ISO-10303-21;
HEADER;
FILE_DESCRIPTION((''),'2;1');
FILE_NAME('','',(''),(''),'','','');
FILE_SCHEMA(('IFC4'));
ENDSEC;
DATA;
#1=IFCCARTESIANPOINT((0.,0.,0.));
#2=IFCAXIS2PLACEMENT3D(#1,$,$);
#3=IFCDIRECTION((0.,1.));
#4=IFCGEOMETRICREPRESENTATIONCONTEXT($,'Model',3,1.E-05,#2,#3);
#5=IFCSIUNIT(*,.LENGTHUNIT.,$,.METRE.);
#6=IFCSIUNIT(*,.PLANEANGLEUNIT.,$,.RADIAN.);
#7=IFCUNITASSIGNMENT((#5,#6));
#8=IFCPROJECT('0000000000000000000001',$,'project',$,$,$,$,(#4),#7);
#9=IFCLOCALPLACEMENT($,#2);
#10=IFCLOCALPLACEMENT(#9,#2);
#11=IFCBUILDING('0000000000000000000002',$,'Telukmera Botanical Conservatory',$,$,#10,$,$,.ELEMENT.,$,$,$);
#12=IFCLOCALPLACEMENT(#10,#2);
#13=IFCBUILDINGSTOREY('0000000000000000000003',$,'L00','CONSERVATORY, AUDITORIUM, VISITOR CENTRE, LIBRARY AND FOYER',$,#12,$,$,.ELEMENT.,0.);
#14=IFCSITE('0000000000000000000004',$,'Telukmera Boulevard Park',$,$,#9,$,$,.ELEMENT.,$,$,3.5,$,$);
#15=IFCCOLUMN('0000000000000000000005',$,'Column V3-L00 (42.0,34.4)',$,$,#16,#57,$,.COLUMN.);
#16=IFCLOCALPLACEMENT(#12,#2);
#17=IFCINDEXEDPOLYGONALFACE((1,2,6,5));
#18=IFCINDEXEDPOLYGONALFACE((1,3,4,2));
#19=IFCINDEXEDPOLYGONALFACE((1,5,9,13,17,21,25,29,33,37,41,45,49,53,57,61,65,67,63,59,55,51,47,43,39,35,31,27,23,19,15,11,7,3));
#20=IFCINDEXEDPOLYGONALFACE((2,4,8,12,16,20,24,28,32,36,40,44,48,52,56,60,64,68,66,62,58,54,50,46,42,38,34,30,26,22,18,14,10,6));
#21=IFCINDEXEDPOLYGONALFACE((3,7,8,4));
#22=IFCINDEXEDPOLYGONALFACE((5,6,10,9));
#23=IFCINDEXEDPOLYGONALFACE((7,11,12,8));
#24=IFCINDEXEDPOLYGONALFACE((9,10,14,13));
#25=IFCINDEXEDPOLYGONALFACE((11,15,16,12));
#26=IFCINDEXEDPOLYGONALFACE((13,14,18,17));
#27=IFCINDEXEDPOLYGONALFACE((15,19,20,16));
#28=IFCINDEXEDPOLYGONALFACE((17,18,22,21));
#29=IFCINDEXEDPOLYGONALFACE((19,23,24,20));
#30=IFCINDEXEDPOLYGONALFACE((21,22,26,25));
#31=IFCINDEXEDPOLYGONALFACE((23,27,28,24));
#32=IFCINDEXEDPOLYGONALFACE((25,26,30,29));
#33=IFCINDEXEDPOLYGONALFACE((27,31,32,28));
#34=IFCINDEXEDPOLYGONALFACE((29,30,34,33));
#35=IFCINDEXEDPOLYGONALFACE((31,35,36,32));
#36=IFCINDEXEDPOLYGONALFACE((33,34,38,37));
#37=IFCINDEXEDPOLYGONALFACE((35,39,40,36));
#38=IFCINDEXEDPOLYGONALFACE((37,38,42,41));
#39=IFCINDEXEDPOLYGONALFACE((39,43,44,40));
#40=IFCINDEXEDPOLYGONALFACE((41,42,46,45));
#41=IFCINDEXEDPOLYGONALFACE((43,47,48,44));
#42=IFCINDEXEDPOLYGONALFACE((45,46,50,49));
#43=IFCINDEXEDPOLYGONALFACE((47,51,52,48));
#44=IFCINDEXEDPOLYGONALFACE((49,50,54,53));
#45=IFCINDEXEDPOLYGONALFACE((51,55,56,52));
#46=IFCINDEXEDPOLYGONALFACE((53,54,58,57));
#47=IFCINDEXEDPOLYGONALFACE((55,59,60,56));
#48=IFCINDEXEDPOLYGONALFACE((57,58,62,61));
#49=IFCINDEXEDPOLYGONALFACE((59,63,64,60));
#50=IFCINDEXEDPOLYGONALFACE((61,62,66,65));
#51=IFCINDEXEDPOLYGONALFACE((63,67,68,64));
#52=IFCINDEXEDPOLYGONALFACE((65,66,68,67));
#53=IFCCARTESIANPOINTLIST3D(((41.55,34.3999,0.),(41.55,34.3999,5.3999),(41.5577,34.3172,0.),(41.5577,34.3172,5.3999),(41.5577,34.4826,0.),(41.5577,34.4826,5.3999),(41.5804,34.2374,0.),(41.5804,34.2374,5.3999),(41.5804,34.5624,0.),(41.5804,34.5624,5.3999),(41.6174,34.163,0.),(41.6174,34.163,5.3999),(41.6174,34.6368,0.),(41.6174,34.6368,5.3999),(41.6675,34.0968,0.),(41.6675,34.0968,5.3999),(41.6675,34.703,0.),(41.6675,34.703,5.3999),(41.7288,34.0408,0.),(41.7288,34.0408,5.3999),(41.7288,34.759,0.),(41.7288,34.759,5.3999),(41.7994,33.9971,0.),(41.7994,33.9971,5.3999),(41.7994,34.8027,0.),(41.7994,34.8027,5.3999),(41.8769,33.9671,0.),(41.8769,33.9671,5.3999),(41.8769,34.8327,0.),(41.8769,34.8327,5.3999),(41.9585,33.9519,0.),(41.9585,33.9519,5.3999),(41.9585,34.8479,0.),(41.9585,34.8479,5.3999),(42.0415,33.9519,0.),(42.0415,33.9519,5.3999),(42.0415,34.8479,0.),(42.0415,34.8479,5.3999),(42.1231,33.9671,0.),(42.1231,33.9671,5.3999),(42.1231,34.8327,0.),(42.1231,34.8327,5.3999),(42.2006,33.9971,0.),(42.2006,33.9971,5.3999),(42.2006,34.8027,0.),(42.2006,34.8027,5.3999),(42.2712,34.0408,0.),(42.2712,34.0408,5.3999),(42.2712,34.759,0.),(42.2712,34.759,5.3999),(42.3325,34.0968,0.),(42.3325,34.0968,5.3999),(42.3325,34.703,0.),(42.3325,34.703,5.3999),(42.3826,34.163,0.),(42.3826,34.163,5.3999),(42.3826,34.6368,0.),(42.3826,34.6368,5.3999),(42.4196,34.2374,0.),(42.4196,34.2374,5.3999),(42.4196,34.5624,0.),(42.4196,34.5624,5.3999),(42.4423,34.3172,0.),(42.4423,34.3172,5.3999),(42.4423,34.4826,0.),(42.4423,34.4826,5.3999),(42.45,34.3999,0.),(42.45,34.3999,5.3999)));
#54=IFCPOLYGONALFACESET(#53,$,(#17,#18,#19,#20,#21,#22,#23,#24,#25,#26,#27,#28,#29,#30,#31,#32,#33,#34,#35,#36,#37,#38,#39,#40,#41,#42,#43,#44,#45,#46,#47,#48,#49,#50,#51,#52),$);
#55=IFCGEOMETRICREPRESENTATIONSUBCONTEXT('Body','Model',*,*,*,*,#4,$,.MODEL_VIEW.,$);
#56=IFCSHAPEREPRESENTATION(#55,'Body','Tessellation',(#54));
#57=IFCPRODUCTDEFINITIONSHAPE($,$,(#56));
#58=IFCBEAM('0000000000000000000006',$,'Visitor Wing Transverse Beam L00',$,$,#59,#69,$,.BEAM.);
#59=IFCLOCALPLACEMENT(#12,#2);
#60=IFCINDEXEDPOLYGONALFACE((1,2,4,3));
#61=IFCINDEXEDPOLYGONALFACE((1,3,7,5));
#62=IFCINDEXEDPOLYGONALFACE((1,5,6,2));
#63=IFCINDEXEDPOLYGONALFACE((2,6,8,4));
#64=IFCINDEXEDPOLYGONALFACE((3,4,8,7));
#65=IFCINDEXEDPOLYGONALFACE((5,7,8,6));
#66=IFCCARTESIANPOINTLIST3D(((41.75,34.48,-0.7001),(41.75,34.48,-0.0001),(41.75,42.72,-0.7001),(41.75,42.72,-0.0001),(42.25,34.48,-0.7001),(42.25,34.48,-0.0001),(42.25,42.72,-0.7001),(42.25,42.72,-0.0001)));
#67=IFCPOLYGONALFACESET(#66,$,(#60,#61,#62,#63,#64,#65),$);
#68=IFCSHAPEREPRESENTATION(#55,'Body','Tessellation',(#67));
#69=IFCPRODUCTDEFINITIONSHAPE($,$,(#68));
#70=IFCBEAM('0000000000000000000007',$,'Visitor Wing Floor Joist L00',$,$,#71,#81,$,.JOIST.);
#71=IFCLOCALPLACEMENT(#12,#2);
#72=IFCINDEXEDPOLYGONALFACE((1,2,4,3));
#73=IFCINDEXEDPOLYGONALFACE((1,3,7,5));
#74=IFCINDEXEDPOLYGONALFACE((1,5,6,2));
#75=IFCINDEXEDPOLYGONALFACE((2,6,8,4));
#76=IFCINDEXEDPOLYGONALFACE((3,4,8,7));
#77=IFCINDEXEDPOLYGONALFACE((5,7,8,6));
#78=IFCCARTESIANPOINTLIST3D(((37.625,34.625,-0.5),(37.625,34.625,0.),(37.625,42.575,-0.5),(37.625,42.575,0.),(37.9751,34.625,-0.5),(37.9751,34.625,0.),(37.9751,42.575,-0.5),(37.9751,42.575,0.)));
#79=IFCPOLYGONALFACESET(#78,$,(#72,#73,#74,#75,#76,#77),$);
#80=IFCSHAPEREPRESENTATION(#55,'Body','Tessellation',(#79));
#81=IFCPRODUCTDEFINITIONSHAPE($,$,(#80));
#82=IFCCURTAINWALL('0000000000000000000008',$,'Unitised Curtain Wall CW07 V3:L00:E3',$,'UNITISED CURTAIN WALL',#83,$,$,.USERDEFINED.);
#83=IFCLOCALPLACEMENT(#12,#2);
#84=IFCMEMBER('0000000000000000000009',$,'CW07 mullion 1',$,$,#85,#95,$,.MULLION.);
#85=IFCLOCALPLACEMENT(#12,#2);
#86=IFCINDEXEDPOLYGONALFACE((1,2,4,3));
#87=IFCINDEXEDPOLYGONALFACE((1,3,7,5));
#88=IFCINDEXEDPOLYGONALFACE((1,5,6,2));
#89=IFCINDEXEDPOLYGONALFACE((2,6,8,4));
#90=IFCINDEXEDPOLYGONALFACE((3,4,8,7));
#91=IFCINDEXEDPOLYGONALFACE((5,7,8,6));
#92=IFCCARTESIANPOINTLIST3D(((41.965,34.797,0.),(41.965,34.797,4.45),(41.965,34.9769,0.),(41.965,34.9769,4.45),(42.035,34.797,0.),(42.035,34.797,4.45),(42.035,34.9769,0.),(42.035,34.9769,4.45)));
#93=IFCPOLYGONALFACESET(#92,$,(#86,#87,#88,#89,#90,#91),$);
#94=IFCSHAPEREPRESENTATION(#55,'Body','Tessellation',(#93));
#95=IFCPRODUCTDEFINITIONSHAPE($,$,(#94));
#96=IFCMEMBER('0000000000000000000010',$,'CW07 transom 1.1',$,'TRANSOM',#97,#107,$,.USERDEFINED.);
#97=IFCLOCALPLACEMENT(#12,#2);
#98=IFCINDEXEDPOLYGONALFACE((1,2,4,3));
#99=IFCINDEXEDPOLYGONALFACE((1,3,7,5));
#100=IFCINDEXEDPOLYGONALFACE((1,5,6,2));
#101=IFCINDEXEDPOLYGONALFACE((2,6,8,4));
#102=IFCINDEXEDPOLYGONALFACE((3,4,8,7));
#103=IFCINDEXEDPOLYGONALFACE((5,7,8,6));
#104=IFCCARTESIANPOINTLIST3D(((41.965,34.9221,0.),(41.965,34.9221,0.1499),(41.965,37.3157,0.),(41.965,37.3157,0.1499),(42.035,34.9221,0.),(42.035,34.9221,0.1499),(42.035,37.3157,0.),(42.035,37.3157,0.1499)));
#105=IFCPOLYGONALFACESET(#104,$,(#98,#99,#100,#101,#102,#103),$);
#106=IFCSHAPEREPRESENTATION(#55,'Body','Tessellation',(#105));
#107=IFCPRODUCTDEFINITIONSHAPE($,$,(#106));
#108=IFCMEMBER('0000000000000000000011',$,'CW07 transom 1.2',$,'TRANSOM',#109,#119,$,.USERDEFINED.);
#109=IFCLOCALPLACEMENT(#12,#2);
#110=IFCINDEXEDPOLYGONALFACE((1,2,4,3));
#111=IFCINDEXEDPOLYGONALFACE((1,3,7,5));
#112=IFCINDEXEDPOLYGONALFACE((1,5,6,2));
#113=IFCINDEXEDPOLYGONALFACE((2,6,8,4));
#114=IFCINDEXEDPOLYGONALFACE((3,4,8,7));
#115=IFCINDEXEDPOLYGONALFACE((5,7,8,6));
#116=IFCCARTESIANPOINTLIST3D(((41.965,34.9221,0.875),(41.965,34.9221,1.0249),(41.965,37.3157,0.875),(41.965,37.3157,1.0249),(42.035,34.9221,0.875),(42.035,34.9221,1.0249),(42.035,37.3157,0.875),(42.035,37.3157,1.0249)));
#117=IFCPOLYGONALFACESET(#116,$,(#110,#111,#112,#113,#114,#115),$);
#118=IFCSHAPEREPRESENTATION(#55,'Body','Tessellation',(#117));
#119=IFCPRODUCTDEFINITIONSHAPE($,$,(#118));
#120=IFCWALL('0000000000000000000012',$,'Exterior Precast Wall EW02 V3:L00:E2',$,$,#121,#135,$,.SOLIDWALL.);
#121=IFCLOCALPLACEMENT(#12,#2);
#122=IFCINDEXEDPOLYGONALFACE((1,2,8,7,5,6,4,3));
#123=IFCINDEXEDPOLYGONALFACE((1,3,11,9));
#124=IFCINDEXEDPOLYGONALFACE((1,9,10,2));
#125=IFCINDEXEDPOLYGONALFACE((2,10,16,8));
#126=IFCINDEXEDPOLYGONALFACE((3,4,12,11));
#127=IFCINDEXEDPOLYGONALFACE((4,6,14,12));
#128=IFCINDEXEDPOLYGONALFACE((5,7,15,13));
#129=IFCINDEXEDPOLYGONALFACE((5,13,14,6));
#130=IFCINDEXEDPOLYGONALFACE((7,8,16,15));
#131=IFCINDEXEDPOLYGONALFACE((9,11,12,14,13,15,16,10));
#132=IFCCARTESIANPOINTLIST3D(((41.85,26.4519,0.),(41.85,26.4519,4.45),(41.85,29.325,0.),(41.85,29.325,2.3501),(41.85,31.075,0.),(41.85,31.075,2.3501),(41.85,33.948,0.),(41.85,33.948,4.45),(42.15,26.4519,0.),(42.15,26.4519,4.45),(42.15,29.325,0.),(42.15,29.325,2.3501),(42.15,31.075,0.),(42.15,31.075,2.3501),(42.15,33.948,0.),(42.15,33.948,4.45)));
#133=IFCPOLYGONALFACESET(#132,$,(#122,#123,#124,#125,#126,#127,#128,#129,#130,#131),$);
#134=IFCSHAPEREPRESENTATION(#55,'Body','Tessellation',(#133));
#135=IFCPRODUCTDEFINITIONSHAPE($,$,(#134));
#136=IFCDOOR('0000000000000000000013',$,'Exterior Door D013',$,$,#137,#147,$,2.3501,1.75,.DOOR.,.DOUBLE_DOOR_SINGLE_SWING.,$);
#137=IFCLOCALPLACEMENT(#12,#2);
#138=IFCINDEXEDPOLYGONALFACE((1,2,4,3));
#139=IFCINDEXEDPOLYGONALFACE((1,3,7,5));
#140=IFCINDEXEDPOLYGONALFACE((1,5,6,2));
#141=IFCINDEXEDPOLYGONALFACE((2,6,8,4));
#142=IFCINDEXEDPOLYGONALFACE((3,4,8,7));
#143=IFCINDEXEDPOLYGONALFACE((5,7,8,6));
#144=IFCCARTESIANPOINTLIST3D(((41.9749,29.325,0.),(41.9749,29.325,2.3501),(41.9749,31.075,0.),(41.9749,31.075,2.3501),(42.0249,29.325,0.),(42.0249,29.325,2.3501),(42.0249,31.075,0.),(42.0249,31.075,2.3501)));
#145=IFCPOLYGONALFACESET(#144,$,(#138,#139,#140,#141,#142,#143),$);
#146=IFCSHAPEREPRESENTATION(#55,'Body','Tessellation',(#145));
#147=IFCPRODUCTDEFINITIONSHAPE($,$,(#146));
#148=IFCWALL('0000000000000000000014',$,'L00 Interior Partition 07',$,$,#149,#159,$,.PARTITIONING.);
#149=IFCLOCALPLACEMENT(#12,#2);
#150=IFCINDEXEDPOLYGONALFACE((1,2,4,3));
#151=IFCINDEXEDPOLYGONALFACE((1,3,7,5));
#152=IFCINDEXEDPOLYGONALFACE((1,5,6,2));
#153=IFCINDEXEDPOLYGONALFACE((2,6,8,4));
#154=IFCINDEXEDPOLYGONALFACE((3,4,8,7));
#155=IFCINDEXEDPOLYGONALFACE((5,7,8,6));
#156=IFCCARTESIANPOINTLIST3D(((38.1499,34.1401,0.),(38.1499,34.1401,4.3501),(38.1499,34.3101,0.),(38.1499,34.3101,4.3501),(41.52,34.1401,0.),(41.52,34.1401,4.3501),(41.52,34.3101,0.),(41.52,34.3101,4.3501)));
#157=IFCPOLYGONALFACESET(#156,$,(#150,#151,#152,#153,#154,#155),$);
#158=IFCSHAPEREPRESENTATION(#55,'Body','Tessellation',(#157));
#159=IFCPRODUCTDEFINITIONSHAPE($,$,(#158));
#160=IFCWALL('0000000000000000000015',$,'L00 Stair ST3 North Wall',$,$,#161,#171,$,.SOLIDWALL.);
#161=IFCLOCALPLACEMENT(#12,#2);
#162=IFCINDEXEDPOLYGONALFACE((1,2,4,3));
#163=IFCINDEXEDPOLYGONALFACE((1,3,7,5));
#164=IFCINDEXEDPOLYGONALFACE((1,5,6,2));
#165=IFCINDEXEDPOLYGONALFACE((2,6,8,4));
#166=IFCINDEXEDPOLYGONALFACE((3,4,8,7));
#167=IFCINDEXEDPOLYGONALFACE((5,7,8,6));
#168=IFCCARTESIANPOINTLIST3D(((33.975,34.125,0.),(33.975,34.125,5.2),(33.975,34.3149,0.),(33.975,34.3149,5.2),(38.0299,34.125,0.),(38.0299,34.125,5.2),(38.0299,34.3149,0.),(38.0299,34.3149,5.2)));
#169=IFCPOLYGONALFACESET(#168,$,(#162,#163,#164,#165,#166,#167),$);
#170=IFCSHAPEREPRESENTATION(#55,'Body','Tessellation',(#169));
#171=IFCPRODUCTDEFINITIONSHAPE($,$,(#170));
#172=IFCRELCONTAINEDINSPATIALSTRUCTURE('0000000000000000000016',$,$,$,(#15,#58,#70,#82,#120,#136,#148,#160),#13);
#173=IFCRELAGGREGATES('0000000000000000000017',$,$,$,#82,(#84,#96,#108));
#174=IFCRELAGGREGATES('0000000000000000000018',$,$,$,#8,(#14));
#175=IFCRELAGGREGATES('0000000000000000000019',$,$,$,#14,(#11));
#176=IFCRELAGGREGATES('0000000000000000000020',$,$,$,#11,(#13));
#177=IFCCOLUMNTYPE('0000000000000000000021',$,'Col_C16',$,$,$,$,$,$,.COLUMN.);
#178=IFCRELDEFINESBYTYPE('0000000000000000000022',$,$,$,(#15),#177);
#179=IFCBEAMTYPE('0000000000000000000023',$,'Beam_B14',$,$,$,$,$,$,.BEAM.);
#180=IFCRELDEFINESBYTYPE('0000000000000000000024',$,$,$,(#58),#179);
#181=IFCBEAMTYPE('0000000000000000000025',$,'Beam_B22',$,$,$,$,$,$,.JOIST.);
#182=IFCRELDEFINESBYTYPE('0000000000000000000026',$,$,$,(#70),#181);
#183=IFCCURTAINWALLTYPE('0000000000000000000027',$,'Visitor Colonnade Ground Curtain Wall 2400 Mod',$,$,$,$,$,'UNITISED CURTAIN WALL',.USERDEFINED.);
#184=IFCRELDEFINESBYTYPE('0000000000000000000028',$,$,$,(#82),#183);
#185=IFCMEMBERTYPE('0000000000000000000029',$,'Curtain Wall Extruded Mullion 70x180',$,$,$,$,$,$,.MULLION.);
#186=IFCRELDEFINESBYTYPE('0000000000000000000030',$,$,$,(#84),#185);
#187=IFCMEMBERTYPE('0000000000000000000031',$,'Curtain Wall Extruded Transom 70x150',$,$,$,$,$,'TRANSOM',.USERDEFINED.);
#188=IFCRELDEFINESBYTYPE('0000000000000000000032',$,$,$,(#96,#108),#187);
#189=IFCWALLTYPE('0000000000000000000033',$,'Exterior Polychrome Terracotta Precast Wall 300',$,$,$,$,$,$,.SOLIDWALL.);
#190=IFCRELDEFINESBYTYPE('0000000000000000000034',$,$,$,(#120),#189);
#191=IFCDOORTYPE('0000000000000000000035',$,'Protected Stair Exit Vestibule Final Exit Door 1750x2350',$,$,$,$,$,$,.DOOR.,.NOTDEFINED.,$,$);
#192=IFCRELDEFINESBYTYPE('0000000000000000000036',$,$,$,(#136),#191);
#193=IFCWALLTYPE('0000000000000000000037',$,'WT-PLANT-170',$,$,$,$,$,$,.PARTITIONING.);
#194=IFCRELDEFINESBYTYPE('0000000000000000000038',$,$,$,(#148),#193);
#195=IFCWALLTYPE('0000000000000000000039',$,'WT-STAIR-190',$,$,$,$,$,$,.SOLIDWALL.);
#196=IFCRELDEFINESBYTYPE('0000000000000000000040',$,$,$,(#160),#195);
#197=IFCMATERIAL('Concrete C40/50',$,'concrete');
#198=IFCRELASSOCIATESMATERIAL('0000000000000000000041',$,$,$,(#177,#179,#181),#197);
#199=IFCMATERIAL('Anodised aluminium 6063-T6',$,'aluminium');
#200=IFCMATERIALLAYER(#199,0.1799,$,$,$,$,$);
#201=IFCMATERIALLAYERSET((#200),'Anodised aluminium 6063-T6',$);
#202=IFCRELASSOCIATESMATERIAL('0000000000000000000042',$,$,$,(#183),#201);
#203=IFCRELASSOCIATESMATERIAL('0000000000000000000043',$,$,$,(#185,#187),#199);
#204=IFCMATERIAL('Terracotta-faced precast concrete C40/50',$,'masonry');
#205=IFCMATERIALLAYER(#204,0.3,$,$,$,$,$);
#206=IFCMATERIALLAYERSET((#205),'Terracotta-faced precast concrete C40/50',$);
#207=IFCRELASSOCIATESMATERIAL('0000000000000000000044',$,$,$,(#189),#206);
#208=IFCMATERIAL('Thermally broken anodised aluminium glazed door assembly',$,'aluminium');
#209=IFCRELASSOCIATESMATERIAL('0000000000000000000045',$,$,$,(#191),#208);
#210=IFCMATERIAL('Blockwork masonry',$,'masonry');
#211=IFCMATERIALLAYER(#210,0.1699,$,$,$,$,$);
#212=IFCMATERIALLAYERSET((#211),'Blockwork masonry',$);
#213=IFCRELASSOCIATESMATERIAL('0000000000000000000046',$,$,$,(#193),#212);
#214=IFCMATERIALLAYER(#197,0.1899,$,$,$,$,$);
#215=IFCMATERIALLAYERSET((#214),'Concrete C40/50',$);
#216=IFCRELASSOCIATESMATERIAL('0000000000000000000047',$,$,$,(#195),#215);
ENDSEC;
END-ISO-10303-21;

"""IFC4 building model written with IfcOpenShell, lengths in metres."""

from ifc_helpers import new_model, si_unit, direction, frame, frame_2d, origin, origin_2d, place, context, subcontext, project, spatial, rectangle, circle, extrude, material, layer, layer_set, material_profile, profile_set, type_object, element, fill, aggregate, save


model = new_model("IFC4")

# Units and contexts
model_context = context("Model", 3, precision=1e-05, world=origin(), true_north=direction((0.0, 1.0)))
body_context = subcontext(model_context, "Body", "Model", "MODEL_VIEW")
ifc_project = project(units=[si_unit("LENGTHUNIT", "METRE"), si_unit("PLANEANGLEUNIT", "RADIAN")], contexts=[model_context])

# Site, building, storey
site_placement = place(None, origin())
site = spatial("IfcSite", under=ifc_project, at=site_placement, Name="Telukmera Boulevard Park", CompositionType="ELEMENT", RefElevation=3.5)
building_placement = place(site_placement, origin())
building = spatial("IfcBuilding", under=site, at=building_placement, Name="Telukmera Botanical Conservatory", CompositionType="ELEMENT")
storey_placement = place(building_placement, origin())
storey = spatial("IfcBuildingStorey", under=building, at=storey_placement, Name="L00", Description="CONSERVATORY, AUDITORIUM, VISITOR CENTRE, LIBRARY AND FOYER", CompositionType="ELEMENT", Elevation=0.0)

# Column
ifc_material_1 = material(Name="Concrete C40/50", Category="concrete")
ifc_material_profile_1 = material_profile(ifc_material_1, circle(Radius=0.45, at=origin_2d()), Name="RC D900")
ifc_profile_set_1 = profile_set([ifc_material_profile_1], Name="Concrete C40/50")
column_type = type_object("IfcColumnType", Name="Col_C16", PredefinedType="COLUMN", material=ifc_profile_set_1)
column_placement = place(storey_placement, frame((42.0, 34.3999, 0.0), z_axis=(0.0, 0.0, 1.0), x_axis=(1.0, 0.0, 0.0)))
element("IfcColumn", 1, at=column_placement, inside=storey, type_object=column_type, Name="Column V3-L00 (42.0,34.4)", PredefinedType="COLUMN", context=body_context, shape_type="SweptSolid", body=[
    extrude(circle(Radius=0.45, at=origin_2d()), origin(), (0.0, 0.0, 1.0), 5.3999),
])

# Beams
ifc_material_profile_2 = material_profile(ifc_material_1, rectangle(XDim=0.5, YDim=0.7, at=origin_2d()), Name="RC 500x700")
ifc_profile_set_2 = profile_set([ifc_material_profile_2], Name="Concrete C40/50")
beam_type_1 = type_object("IfcBeamType", Name="Beam_B14", PredefinedType="BEAM", material=ifc_profile_set_2)
beam_1_placement = place(storey_placement, frame((42.0, 34.48, -0.3501), z_axis=(0.0, 1.0, 0.0), x_axis=(-1.0, 0.0, 0.0)))
element("IfcBeam", 2, at=beam_1_placement, inside=storey, type_object=beam_type_1, Name="Visitor Wing Transverse Beam L00", PredefinedType="BEAM", context=body_context, shape_type="SweptSolid", body=[
    extrude(rectangle(XDim=0.5, YDim=0.7, at=origin_2d()), origin(), (0.0, 0.0, 1.0), 8.24),
])
ifc_material_profile_3 = material_profile(ifc_material_1, rectangle(XDim=0.3501, YDim=0.5, at=origin_2d()), Name="RC 350x500")
ifc_profile_set_3 = profile_set([ifc_material_profile_3], Name="Concrete C40/50")
beam_type_2 = type_object("IfcBeamType", Name="Beam_B22", PredefinedType="JOIST", material=ifc_profile_set_3)
beam_2_placement = place(storey_placement, frame((37.8, 34.625, -0.25), z_axis=(0.0, 1.0, 0.0), x_axis=(-1.0, 0.0, 0.0)))
element("IfcBeam", 3, at=beam_2_placement, inside=storey, type_object=beam_type_2, Name="Visitor Wing Floor Joist L00", PredefinedType="JOIST", context=body_context, shape_type="SweptSolid", body=[
    extrude(rectangle(XDim=0.3501, YDim=0.5, at=origin_2d()), origin(), (0.0, 0.0, 1.0), 7.95),
])

# Curtain wall, members
ifc_material_2 = material(Name="Anodised aluminium 6063-T6", Category="aluminium")
ifc_layer_1 = layer(ifc_material_2, 0.1799)
ifc_layer_set_1 = layer_set([ifc_layer_1], Name="Anodised aluminium 6063-T6")
curtain_wall_type = type_object("IfcCurtainWallType", Name="Visitor Colonnade Ground Curtain Wall 2400 Mod", ElementType="UNITISED CURTAIN WALL", PredefinedType="USERDEFINED", material=ifc_layer_set_1)
curtain_wall_placement = place(storey_placement, origin())
curtain_wall = element("IfcCurtainWall", 4, at=curtain_wall_placement, inside=storey, type_object=curtain_wall_type, Name="Unitised Curtain Wall CW07 V3:L00:E3", ObjectType="UNITISED CURTAIN WALL", PredefinedType="USERDEFINED")
ifc_material_profile_4 = material_profile(ifc_material_2, rectangle(XDim=0.0701, YDim=0.1799, at=origin_2d()), Name="ALU MULL 70x180")
ifc_profile_set_4 = profile_set([ifc_material_profile_4], Name="Anodised aluminium 6063-T6")
member_type_1 = type_object("IfcMemberType", Name="Curtain Wall Extruded Mullion 70x180", PredefinedType="MULLION", material=ifc_profile_set_4)
member_1_placement = place(storey_placement, frame((42.0, 34.887, 0.0), z_axis=(0.0, 0.0, 1.0), x_axis=(-1.0, 0.0, 0.0)))
member_1 = element("IfcMember", 5, at=member_1_placement, type_object=member_type_1, Name="CW07 mullion 1", PredefinedType="MULLION", context=body_context, shape_type="SweptSolid", body=[
    extrude(rectangle(XDim=0.0701, YDim=0.1799, at=origin_2d()), origin(), (0.0, 0.0, 1.0), 4.45),
])
ifc_material_profile_5 = material_profile(ifc_material_2, rectangle(XDim=0.0701, YDim=0.1499, at=origin_2d()), Name="ALU TRAN 70x150")
ifc_profile_set_5 = profile_set([ifc_material_profile_5], Name="Anodised aluminium 6063-T6")
member_type_2 = type_object("IfcMemberType", Name="Curtain Wall Extruded Transom 70x150", ElementType="TRANSOM", PredefinedType="USERDEFINED", material=ifc_profile_set_5)
member_2_placement = place(storey_placement, frame((42.0, 34.9221, 0.075), z_axis=(0.0, 1.0, 0.0), x_axis=(-1.0, 0.0, 0.0)))
member_2 = element("IfcMember", 6, at=member_2_placement, type_object=member_type_2, Name="CW07 transom 1.1", ObjectType="TRANSOM", PredefinedType="USERDEFINED", context=body_context, shape_type="SweptSolid", body=[
    extrude(rectangle(XDim=0.0701, YDim=0.1499, at=origin_2d()), origin(), (0.0, 0.0, 1.0), 2.3936),
])
member_3_placement = place(storey_placement, frame((42.0, 34.9221, 0.95), z_axis=(0.0, 1.0, 0.0), x_axis=(-1.0, 0.0, 0.0)))
member_3 = element("IfcMember", 7, at=member_3_placement, type_object=member_type_2, Name="CW07 transom 1.2", ObjectType="TRANSOM", PredefinedType="USERDEFINED", context=body_context, shape_type="SweptSolid", body=[
    extrude(rectangle(XDim=0.0701, YDim=0.1499, at=origin_2d()), origin(), (0.0, 0.0, 1.0), 2.3936),
])
aggregate(curtain_wall, [member_1, member_2, member_3])

# Wall, opening, door
ifc_material_3 = material(Name="Terracotta-faced precast concrete C40/50", Category="masonry")
ifc_layer_2 = layer(ifc_material_3, 0.3)
ifc_layer_set_2 = layer_set([ifc_layer_2], Name="Terracotta-faced precast concrete C40/50")
wall_type_1 = type_object("IfcWallType", Name="Exterior Polychrome Terracotta Precast Wall 300", PredefinedType="SOLIDWALL", material=ifc_layer_set_2)
wall_1_placement = place(storey_placement, frame((42.0, 26.4519, 0.0), z_axis=(0.0, 0.0, 1.0), x_axis=(0.0, 1.0, 0.0)))
wall_1 = element("IfcWall", 8, at=wall_1_placement, inside=storey, type_object=wall_type_1, Name="Exterior Precast Wall EW02 V3:L00:E2", PredefinedType="SOLIDWALL", context=body_context, shape_type="SweptSolid", body=[
    extrude(rectangle(XDim=7.4961, YDim=0.3, at=frame_2d((3.748, 0.0))), origin(), (0.0, 0.0, 1.0), 4.45),
])
opening_1_placement = place(wall_1_placement, frame((2.873, 0.0, 0.0)))
opening_1 = element("IfcOpeningElement", 9, at=opening_1_placement, cuts=wall_1, PredefinedType="OPENING", context=body_context, shape_type="SweptSolid", body=[
    extrude(rectangle(XDim=1.75, YDim=2.3501, at=frame_2d((0.875, 1.175))), frame((0.0, 0.1599, 0.0), z_axis=(0.0, -1.0, 0.0), x_axis=(1.0, 0.0, 0.0)), (0.0, 0.0, 1.0), 0.3201),
])
ifc_material_4 = material(Name="Thermally broken anodised aluminium glazed door assembly", Category="aluminium")
door_type_1 = type_object("IfcDoorType", Name="Protected Stair Exit Vestibule Final Exit Door 1750x2350", OperationType="NOTDEFINED", PredefinedType="DOOR", material=ifc_material_4)
door_1_placement = place(opening_1_placement, frame((1.75, 0.0, 0.0), z_axis=(0.0, 0.0, 1.0), x_axis=(-1.0, 0.0, 0.0)))
door_1 = element("IfcDoor", 10, at=door_1_placement, inside=storey, type_object=door_type_1, Name="Exterior Door D013", OperationType="DOUBLE_DOOR_SINGLE_SWING", OverallHeight=2.3501, OverallWidth=1.75, PredefinedType="DOOR", context=body_context, shape_type="SweptSolid", body=[
    extrude(rectangle(XDim=1.75, YDim=2.3501, at=frame_2d((0.875, 1.175))), frame((0.0, 0.0249, 0.0), z_axis=(0.0, -1.0, 0.0), x_axis=(1.0, 0.0, 0.0)), (0.0, 0.0, 1.0), 0.05),
])
fill(opening_1, door_1)

# Walls
ifc_material_5 = material(Name="Blockwork masonry", Category="masonry")
ifc_layer_3 = layer(ifc_material_5, 0.1699)
ifc_layer_set_3 = layer_set([ifc_layer_3], Name="Blockwork masonry")
wall_type_2 = type_object("IfcWallType", Name="WT-PLANT-170", PredefinedType="PARTITIONING", material=ifc_layer_set_3)
wall_2_placement = place(storey_placement, frame((38.1499, 34.2251, 0.0), z_axis=(0.0, 0.0, 1.0), x_axis=(1.0, 0.0, 0.0)))
element("IfcWall", 11, at=wall_2_placement, inside=storey, type_object=wall_type_2, Name="L00 Interior Partition 07", PredefinedType="PARTITIONING", context=body_context, shape_type="SweptSolid", body=[
    extrude(rectangle(XDim=3.3701, YDim=0.1699, at=frame_2d((1.6851, 0.0))), origin(), (0.0, 0.0, 1.0), 4.3501),
])
ifc_layer_4 = layer(ifc_material_1, 0.1899)
ifc_layer_set_4 = layer_set([ifc_layer_4], Name="Concrete C40/50")
wall_type_3 = type_object("IfcWallType", Name="WT-STAIR-190", PredefinedType="SOLIDWALL", material=ifc_layer_set_4)
wall_3_placement = place(storey_placement, frame((33.9751, 34.22, 0.0), z_axis=(0.0, 0.0, 1.0), x_axis=(1.0, 0.0, 0.0)))
element("IfcWall", 12, at=wall_3_placement, inside=storey, type_object=wall_type_3, Name="L00 Stair ST3 North Wall", PredefinedType="SOLIDWALL", context=body_context, shape_type="SweptSolid", body=[
    extrude(rectangle(XDim=4.0549, YDim=0.1899, at=frame_2d((2.0273, 0.0))), origin(), (0.0, 0.0, 1.0), 5.2),
])

save(model, "model.ifc")
